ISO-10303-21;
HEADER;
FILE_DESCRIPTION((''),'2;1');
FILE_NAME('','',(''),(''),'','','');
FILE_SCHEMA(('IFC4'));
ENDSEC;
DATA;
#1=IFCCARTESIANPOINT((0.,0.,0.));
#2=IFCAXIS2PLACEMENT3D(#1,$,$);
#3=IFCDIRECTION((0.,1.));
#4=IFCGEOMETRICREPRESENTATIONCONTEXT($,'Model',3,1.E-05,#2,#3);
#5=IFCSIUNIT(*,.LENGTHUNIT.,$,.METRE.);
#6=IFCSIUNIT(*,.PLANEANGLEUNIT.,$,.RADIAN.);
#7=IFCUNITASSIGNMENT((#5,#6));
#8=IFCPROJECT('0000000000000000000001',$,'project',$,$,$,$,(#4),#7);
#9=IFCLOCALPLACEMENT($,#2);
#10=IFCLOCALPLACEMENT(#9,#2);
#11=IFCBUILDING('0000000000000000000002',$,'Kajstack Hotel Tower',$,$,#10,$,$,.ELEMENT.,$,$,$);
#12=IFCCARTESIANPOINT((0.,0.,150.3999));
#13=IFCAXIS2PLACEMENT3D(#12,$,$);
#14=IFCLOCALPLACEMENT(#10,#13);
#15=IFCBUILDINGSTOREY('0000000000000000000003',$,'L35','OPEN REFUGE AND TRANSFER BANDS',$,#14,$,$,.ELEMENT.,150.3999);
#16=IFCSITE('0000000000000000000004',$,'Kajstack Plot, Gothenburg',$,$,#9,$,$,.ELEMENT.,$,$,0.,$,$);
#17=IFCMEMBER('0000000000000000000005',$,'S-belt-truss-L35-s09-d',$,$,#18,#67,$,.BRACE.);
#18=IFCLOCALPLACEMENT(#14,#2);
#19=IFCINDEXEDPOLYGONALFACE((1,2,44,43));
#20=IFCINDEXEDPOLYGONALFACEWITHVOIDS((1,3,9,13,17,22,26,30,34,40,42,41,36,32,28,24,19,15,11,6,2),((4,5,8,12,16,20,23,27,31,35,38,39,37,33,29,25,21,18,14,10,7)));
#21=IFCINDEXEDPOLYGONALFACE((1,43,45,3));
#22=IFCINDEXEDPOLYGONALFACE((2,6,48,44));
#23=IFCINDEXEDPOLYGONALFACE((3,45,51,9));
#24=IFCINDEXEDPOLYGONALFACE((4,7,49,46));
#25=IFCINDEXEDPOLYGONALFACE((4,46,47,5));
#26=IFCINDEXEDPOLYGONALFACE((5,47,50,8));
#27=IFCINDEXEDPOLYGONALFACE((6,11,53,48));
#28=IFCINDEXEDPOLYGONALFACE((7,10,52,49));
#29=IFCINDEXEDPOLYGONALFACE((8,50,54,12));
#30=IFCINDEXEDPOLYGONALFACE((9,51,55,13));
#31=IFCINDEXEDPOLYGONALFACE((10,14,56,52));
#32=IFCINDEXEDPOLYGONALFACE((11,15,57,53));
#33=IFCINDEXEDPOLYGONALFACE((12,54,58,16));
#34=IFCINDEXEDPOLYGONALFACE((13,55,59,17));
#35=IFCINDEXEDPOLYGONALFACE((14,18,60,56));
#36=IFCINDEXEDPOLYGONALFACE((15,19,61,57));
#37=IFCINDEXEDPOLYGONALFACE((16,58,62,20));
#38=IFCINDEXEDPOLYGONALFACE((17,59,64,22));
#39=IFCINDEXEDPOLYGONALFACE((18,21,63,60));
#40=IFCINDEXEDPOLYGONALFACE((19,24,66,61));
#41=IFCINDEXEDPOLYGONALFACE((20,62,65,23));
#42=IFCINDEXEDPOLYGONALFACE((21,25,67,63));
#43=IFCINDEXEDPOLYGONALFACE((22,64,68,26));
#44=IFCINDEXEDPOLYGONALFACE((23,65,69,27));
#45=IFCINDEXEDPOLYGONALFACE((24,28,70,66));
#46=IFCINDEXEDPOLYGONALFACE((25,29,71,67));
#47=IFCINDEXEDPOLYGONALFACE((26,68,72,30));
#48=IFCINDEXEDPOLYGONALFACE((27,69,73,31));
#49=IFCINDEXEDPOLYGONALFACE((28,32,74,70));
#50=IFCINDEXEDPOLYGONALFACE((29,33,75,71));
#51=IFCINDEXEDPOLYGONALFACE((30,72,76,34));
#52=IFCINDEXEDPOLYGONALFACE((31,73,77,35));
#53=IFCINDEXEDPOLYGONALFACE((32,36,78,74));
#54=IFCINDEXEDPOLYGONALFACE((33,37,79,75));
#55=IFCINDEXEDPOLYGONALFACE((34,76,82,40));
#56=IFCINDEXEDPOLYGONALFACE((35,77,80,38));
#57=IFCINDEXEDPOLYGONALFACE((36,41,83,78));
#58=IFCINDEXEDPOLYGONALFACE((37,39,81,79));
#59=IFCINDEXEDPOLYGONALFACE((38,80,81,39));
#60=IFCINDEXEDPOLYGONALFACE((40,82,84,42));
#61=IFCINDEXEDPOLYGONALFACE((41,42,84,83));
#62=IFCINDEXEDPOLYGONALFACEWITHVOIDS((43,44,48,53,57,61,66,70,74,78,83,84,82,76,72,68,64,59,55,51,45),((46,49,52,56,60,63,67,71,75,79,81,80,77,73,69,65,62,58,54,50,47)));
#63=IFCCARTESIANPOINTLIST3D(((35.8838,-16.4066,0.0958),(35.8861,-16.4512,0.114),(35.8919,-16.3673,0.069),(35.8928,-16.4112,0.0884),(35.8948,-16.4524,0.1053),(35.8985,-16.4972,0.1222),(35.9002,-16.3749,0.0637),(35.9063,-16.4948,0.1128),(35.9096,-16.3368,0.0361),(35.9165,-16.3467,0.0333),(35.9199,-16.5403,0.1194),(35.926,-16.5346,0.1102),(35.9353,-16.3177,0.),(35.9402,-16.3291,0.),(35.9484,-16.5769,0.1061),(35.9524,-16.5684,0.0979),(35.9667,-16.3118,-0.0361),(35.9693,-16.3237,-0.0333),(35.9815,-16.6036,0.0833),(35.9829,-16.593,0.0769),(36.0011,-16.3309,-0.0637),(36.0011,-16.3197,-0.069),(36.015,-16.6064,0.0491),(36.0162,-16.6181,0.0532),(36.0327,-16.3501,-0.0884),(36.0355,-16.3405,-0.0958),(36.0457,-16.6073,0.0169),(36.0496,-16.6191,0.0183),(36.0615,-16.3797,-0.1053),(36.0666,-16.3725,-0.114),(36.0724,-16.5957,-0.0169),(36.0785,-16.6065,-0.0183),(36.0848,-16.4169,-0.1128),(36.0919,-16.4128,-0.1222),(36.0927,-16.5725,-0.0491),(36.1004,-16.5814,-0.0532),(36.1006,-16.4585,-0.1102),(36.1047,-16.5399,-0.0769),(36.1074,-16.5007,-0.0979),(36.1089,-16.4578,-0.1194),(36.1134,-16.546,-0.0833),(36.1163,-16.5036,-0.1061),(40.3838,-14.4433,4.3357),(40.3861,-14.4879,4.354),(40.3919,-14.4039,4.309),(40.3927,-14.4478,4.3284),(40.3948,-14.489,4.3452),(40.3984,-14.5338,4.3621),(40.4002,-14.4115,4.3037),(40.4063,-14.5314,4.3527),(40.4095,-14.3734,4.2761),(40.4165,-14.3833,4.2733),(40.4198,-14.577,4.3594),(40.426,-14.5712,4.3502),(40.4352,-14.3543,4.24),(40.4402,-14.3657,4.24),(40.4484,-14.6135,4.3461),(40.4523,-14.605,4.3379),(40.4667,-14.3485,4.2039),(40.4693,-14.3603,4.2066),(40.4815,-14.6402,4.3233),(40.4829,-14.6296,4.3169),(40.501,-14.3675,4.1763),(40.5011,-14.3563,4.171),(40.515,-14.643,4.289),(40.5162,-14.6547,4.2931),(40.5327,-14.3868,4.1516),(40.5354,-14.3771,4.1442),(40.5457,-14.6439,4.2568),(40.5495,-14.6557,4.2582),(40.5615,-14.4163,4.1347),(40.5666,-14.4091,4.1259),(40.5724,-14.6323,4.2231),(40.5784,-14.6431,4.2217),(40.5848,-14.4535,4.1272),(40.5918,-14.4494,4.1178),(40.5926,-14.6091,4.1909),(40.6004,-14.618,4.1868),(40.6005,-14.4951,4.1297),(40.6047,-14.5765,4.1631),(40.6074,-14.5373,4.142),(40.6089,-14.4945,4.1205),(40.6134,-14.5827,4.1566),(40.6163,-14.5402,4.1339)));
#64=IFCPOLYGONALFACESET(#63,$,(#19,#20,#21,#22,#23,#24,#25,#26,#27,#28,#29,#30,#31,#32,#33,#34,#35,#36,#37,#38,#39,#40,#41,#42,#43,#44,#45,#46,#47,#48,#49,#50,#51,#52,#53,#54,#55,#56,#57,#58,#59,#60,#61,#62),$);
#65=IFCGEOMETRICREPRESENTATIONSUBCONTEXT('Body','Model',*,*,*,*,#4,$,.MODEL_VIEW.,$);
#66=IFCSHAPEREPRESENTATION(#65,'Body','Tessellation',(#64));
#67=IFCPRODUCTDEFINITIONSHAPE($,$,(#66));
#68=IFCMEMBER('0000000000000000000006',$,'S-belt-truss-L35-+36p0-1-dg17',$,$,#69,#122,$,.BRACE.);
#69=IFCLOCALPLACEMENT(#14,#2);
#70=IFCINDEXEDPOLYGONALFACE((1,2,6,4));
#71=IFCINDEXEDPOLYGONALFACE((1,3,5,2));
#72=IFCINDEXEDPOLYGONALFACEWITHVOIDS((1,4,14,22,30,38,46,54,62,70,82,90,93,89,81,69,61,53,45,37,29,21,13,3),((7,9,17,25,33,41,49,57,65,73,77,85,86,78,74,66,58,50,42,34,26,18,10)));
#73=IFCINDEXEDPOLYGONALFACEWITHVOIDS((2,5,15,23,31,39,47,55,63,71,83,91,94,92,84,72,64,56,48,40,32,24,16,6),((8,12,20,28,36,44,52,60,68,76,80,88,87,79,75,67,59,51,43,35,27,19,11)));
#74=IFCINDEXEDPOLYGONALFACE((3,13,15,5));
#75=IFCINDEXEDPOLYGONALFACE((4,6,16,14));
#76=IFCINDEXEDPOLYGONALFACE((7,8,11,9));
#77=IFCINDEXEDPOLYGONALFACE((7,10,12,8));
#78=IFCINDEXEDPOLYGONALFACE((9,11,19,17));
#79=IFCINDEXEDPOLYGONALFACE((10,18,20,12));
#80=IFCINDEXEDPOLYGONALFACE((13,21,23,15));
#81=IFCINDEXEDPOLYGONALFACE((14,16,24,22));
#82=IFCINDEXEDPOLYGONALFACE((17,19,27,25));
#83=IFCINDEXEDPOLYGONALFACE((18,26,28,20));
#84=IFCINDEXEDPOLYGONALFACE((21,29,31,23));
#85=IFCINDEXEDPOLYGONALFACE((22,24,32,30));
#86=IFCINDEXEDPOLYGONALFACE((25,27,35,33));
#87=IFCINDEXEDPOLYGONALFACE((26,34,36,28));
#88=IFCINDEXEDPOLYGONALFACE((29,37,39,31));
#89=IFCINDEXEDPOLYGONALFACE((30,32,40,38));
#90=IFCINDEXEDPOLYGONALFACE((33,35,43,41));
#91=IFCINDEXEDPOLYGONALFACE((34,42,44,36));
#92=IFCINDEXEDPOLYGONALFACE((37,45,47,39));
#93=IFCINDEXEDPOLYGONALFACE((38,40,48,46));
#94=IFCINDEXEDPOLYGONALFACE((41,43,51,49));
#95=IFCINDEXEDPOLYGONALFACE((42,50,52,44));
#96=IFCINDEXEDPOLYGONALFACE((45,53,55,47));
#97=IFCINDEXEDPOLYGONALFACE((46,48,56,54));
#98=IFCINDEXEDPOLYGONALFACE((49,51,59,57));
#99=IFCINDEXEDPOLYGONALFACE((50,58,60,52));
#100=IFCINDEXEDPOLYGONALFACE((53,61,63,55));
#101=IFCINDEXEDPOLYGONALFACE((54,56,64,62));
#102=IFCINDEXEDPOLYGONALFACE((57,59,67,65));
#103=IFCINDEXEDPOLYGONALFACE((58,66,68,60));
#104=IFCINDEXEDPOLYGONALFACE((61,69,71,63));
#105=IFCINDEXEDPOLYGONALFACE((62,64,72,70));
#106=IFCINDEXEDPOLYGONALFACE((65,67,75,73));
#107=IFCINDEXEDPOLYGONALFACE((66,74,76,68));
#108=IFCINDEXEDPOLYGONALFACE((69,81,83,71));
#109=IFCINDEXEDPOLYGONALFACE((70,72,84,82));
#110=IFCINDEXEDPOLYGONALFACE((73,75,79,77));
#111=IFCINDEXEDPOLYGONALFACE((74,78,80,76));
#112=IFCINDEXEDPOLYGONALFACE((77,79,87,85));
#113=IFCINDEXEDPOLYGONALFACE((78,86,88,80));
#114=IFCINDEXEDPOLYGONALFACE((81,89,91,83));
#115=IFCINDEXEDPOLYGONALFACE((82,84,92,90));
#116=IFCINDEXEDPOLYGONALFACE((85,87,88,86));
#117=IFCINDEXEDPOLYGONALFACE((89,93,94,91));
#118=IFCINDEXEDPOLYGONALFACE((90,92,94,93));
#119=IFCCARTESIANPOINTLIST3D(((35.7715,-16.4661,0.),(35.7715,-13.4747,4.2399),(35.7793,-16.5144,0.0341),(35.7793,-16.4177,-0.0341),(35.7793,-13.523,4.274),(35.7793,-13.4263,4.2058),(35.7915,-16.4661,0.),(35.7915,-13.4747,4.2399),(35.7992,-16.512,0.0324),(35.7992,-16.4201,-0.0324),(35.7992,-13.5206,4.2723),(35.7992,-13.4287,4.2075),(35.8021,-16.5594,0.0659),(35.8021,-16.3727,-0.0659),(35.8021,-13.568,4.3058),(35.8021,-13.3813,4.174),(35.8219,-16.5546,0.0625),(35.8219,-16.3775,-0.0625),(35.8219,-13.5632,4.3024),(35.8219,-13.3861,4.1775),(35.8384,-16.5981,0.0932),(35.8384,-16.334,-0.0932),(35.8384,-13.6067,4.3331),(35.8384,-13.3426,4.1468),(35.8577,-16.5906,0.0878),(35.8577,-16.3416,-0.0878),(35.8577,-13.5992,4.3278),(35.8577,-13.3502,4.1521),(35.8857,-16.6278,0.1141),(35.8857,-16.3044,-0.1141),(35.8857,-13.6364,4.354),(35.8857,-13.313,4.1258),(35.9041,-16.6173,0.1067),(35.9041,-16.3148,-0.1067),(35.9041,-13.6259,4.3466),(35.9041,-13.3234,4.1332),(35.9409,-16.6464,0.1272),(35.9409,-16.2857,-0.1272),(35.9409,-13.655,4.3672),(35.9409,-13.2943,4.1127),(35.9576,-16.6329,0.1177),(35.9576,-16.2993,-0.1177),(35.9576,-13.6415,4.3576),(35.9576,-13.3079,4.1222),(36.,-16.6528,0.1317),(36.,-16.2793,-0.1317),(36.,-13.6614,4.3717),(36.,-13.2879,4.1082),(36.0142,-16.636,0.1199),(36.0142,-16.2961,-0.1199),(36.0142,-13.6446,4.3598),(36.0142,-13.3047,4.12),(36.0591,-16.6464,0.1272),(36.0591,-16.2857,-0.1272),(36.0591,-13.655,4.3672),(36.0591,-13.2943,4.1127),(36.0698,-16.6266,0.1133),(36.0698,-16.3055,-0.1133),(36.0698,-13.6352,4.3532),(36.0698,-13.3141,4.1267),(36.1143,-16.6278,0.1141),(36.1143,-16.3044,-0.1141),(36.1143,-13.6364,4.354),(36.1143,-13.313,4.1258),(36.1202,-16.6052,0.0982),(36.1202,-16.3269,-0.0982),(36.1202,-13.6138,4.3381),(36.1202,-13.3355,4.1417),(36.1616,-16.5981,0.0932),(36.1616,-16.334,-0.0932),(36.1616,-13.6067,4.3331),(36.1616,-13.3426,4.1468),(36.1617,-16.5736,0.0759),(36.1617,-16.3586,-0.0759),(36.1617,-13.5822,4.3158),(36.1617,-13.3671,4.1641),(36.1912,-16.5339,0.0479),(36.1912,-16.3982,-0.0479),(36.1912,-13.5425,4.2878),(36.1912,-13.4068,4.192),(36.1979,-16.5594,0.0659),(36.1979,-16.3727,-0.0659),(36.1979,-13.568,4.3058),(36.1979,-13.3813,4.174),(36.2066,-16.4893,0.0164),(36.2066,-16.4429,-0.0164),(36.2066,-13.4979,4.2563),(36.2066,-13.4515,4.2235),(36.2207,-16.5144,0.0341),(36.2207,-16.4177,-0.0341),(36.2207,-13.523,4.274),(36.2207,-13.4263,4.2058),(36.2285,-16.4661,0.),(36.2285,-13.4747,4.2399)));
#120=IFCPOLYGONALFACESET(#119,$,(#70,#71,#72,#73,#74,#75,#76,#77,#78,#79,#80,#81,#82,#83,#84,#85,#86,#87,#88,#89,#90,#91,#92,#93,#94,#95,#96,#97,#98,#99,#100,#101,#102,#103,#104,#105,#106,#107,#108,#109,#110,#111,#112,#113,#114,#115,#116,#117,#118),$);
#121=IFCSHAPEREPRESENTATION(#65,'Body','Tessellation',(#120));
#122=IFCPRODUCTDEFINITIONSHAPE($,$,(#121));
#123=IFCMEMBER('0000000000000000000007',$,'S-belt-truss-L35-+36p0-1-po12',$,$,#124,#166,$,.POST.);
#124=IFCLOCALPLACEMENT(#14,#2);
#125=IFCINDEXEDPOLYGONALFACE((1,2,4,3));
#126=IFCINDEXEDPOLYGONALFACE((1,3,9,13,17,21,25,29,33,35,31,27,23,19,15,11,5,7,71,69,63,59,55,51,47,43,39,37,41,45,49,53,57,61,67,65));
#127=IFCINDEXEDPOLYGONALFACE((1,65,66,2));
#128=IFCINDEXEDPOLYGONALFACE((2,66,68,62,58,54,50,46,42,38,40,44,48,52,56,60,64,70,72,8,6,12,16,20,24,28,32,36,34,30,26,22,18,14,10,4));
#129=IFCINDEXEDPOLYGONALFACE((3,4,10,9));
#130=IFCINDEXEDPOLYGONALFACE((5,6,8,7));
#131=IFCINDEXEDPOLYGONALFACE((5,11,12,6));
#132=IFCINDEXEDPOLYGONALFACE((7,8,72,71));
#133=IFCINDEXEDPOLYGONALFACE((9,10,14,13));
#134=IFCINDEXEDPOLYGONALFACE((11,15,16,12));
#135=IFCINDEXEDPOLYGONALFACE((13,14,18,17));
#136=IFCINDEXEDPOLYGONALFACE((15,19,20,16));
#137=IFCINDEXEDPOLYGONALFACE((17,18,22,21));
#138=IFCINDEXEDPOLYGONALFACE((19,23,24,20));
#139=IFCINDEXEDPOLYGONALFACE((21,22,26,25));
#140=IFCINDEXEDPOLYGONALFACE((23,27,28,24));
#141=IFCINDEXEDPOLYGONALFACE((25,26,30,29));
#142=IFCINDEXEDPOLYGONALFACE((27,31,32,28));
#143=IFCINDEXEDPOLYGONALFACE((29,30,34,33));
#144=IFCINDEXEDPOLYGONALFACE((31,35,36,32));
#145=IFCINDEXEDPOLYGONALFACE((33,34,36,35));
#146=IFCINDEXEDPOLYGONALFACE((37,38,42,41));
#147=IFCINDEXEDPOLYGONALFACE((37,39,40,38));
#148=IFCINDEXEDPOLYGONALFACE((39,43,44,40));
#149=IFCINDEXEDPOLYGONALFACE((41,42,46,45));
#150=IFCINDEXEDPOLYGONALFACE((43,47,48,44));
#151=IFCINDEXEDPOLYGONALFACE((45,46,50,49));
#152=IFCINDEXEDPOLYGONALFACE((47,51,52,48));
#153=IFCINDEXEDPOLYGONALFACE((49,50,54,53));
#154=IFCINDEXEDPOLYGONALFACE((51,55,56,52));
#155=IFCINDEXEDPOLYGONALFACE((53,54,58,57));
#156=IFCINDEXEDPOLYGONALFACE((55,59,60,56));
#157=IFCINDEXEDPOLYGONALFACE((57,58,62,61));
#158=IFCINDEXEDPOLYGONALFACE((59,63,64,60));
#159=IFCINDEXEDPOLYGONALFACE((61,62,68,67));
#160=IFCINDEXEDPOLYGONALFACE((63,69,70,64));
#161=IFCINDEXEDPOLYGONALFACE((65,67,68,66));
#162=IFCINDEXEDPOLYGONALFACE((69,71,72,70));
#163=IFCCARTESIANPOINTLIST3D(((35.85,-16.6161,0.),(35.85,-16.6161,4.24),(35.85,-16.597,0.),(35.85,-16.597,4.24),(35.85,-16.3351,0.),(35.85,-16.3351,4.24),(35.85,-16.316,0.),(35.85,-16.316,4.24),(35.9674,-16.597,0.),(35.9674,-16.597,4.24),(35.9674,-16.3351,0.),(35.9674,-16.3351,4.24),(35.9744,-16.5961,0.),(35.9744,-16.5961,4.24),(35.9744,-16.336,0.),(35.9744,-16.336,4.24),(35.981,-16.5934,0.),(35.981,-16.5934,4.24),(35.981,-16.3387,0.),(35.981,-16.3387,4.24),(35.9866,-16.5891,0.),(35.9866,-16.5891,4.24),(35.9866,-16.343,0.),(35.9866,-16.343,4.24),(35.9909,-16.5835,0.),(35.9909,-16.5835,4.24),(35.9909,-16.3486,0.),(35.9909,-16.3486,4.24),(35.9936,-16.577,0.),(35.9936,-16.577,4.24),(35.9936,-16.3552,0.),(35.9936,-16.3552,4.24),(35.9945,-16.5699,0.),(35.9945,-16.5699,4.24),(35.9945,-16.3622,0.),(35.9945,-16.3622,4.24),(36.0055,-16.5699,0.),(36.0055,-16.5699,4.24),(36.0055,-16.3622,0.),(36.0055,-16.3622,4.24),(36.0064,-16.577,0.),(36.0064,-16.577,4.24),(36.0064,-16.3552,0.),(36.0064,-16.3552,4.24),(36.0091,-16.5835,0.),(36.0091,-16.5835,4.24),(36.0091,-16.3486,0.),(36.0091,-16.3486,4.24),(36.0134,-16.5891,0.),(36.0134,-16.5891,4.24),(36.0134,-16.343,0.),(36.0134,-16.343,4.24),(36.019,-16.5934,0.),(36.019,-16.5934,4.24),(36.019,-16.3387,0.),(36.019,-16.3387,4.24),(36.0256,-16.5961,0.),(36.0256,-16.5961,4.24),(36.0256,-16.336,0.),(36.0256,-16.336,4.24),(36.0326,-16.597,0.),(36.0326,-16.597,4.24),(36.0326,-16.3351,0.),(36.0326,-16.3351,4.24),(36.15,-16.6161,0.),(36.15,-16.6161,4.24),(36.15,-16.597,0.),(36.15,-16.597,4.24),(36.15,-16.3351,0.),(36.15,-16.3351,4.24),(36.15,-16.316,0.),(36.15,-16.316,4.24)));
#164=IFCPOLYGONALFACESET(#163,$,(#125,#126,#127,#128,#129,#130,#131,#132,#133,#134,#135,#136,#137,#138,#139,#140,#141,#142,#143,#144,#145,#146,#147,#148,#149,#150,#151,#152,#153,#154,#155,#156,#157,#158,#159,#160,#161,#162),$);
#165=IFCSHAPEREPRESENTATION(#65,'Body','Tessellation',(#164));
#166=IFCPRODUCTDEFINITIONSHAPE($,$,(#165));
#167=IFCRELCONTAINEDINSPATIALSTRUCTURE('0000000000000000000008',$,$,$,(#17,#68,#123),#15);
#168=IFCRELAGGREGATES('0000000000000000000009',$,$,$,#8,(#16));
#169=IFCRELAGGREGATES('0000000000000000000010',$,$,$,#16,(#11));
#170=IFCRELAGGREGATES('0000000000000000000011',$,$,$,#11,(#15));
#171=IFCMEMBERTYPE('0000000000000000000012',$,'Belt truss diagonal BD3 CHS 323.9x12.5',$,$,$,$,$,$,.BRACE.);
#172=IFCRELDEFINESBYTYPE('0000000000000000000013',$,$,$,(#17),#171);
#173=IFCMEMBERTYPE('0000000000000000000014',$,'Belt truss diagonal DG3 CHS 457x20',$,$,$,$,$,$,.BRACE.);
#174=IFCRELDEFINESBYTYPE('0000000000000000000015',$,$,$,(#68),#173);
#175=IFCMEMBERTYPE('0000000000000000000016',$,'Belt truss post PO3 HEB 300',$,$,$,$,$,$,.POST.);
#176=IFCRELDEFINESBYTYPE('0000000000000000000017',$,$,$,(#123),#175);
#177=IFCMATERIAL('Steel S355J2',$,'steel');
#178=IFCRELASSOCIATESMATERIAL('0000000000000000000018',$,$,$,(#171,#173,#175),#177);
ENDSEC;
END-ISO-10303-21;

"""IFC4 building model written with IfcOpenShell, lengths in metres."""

from ifc_helpers import new_model, si_unit, direction, frame, origin, origin_2d, place, context, subcontext, project, spatial, hollow_circle, i_section, extrude, material, material_profile, profile_set, type_object, element, save


model = new_model("IFC4")

# Units and contexts
model_context = context("Model", 3, precision=1e-05, world=origin(), true_north=direction((0.0, 1.0)))
body_context = subcontext(model_context, "Body", "Model", "MODEL_VIEW")
ifc_project = project(units=[si_unit("LENGTHUNIT", "METRE"), si_unit("PLANEANGLEUNIT", "RADIAN")], contexts=[model_context])

# Site, building, storey
site_placement = place(None, origin())
site = spatial("IfcSite", under=ifc_project, at=site_placement, Name="Kajstack Plot, Gothenburg", CompositionType="ELEMENT", RefElevation=0.0)
building_placement = place(site_placement, origin())
building = spatial("IfcBuilding", under=site, at=building_placement, Name="Kajstack Hotel Tower", CompositionType="ELEMENT")
storey_placement = place(building_placement, frame((0.0, 0.0, 150.3999)))
storey = spatial("IfcBuildingStorey", under=building, at=storey_placement, Name="L35", Description="OPEN REFUGE AND TRANSFER BANDS", CompositionType="ELEMENT", Elevation=150.3999)

# Members
ifc_material_1 = material(Name="Steel S355J2", Category="steel")
ifc_material_profile_1 = material_profile(ifc_material_1, hollow_circle(Radius=0.1619, WallThickness=0.0125, at=origin_2d()), Name="CHS 323.9x12.5")
ifc_profile_set_1 = profile_set([ifc_material_profile_1], Name="Steel S355J2")
member_type_1 = type_object("IfcMemberType", Name="Belt truss diagonal BD3 CHS 323.9x12.5", PredefinedType="BRACE", material=ifc_profile_set_1)
member_1_placement = place(storey_placement, frame((36.0, -16.4661, 0.0), z_axis=(0.693685, 0.302659, 0.653604), x_axis=(-0.3999, 0.916559, 0.0)))
element("IfcMember", 1, at=member_1_placement, inside=storey, type_object=member_type_1, Name="S-belt-truss-L35-s09-d", PredefinedType="BRACE", context=body_context, shape_type="SweptSolid", body=[
    extrude(hollow_circle(Radius=0.1619, WallThickness=0.0125, at=origin_2d()), origin(), (0.0, 0.0, 1.0), 6.4871),
])
ifc_material_profile_2 = material_profile(ifc_material_1, hollow_circle(Radius=0.2285, WallThickness=0.02, at=origin_2d()), Name="CHS 457x20")
ifc_profile_set_2 = profile_set([ifc_material_profile_2], Name="Steel S355J2")
member_type_2 = type_object("IfcMemberType", Name="Belt truss diagonal DG3 CHS 457x20", PredefinedType="BRACE", material=ifc_profile_set_2)
member_2_placement = place(storey_placement, frame((36.0, -16.4661, 0.0), z_axis=(0.0, 0.576493, 0.817102), x_axis=(-1.0, 0.0, 0.0)))
element("IfcMember", 2, at=member_2_placement, inside=storey, type_object=member_type_2, Name="S-belt-truss-L35-+36p0-1-dg17", PredefinedType="BRACE", context=body_context, shape_type="SweptSolid", body=[
    extrude(hollow_circle(Radius=0.2285, WallThickness=0.02, at=origin_2d()), origin(), (0.0, 0.0, 1.0), 5.189),
])
ifc_material_profile_3 = material_profile(ifc_material_1, i_section(OverallWidth=0.3, OverallDepth=0.3, WebThickness=0.011, FlangeThickness=0.019, FilletRadius=0.0271, at=origin_2d()), Name="HEB 300")
ifc_profile_set_3 = profile_set([ifc_material_profile_3], Name="Steel S355J2")
member_type_3 = type_object("IfcMemberType", Name="Belt truss post PO3 HEB 300", PredefinedType="POST", material=ifc_profile_set_3)
for number, where, z_axis, x_axis, name in (
    (3, (36.0, -16.4661, 0.0), (0.0, 0.0, 1.0), (1.0, 0.0, 0.0), "S-belt-truss-L35-+36p0-1-po12"),
):
    element("IfcMember", number, at=place(storey_placement, frame(where, z_axis=z_axis, x_axis=x_axis)), inside=storey, type_object=member_type_3, Name=name, PredefinedType="POST", context=body_context, shape_type="SweptSolid", body=[
        extrude(i_section(OverallWidth=0.3, OverallDepth=0.3, WebThickness=0.011, FlangeThickness=0.019, FilletRadius=0.0271, at=origin_2d()), origin(), (0.0, 0.0, 1.0), 4.24),
    ])

save(model, "model.ifc")
